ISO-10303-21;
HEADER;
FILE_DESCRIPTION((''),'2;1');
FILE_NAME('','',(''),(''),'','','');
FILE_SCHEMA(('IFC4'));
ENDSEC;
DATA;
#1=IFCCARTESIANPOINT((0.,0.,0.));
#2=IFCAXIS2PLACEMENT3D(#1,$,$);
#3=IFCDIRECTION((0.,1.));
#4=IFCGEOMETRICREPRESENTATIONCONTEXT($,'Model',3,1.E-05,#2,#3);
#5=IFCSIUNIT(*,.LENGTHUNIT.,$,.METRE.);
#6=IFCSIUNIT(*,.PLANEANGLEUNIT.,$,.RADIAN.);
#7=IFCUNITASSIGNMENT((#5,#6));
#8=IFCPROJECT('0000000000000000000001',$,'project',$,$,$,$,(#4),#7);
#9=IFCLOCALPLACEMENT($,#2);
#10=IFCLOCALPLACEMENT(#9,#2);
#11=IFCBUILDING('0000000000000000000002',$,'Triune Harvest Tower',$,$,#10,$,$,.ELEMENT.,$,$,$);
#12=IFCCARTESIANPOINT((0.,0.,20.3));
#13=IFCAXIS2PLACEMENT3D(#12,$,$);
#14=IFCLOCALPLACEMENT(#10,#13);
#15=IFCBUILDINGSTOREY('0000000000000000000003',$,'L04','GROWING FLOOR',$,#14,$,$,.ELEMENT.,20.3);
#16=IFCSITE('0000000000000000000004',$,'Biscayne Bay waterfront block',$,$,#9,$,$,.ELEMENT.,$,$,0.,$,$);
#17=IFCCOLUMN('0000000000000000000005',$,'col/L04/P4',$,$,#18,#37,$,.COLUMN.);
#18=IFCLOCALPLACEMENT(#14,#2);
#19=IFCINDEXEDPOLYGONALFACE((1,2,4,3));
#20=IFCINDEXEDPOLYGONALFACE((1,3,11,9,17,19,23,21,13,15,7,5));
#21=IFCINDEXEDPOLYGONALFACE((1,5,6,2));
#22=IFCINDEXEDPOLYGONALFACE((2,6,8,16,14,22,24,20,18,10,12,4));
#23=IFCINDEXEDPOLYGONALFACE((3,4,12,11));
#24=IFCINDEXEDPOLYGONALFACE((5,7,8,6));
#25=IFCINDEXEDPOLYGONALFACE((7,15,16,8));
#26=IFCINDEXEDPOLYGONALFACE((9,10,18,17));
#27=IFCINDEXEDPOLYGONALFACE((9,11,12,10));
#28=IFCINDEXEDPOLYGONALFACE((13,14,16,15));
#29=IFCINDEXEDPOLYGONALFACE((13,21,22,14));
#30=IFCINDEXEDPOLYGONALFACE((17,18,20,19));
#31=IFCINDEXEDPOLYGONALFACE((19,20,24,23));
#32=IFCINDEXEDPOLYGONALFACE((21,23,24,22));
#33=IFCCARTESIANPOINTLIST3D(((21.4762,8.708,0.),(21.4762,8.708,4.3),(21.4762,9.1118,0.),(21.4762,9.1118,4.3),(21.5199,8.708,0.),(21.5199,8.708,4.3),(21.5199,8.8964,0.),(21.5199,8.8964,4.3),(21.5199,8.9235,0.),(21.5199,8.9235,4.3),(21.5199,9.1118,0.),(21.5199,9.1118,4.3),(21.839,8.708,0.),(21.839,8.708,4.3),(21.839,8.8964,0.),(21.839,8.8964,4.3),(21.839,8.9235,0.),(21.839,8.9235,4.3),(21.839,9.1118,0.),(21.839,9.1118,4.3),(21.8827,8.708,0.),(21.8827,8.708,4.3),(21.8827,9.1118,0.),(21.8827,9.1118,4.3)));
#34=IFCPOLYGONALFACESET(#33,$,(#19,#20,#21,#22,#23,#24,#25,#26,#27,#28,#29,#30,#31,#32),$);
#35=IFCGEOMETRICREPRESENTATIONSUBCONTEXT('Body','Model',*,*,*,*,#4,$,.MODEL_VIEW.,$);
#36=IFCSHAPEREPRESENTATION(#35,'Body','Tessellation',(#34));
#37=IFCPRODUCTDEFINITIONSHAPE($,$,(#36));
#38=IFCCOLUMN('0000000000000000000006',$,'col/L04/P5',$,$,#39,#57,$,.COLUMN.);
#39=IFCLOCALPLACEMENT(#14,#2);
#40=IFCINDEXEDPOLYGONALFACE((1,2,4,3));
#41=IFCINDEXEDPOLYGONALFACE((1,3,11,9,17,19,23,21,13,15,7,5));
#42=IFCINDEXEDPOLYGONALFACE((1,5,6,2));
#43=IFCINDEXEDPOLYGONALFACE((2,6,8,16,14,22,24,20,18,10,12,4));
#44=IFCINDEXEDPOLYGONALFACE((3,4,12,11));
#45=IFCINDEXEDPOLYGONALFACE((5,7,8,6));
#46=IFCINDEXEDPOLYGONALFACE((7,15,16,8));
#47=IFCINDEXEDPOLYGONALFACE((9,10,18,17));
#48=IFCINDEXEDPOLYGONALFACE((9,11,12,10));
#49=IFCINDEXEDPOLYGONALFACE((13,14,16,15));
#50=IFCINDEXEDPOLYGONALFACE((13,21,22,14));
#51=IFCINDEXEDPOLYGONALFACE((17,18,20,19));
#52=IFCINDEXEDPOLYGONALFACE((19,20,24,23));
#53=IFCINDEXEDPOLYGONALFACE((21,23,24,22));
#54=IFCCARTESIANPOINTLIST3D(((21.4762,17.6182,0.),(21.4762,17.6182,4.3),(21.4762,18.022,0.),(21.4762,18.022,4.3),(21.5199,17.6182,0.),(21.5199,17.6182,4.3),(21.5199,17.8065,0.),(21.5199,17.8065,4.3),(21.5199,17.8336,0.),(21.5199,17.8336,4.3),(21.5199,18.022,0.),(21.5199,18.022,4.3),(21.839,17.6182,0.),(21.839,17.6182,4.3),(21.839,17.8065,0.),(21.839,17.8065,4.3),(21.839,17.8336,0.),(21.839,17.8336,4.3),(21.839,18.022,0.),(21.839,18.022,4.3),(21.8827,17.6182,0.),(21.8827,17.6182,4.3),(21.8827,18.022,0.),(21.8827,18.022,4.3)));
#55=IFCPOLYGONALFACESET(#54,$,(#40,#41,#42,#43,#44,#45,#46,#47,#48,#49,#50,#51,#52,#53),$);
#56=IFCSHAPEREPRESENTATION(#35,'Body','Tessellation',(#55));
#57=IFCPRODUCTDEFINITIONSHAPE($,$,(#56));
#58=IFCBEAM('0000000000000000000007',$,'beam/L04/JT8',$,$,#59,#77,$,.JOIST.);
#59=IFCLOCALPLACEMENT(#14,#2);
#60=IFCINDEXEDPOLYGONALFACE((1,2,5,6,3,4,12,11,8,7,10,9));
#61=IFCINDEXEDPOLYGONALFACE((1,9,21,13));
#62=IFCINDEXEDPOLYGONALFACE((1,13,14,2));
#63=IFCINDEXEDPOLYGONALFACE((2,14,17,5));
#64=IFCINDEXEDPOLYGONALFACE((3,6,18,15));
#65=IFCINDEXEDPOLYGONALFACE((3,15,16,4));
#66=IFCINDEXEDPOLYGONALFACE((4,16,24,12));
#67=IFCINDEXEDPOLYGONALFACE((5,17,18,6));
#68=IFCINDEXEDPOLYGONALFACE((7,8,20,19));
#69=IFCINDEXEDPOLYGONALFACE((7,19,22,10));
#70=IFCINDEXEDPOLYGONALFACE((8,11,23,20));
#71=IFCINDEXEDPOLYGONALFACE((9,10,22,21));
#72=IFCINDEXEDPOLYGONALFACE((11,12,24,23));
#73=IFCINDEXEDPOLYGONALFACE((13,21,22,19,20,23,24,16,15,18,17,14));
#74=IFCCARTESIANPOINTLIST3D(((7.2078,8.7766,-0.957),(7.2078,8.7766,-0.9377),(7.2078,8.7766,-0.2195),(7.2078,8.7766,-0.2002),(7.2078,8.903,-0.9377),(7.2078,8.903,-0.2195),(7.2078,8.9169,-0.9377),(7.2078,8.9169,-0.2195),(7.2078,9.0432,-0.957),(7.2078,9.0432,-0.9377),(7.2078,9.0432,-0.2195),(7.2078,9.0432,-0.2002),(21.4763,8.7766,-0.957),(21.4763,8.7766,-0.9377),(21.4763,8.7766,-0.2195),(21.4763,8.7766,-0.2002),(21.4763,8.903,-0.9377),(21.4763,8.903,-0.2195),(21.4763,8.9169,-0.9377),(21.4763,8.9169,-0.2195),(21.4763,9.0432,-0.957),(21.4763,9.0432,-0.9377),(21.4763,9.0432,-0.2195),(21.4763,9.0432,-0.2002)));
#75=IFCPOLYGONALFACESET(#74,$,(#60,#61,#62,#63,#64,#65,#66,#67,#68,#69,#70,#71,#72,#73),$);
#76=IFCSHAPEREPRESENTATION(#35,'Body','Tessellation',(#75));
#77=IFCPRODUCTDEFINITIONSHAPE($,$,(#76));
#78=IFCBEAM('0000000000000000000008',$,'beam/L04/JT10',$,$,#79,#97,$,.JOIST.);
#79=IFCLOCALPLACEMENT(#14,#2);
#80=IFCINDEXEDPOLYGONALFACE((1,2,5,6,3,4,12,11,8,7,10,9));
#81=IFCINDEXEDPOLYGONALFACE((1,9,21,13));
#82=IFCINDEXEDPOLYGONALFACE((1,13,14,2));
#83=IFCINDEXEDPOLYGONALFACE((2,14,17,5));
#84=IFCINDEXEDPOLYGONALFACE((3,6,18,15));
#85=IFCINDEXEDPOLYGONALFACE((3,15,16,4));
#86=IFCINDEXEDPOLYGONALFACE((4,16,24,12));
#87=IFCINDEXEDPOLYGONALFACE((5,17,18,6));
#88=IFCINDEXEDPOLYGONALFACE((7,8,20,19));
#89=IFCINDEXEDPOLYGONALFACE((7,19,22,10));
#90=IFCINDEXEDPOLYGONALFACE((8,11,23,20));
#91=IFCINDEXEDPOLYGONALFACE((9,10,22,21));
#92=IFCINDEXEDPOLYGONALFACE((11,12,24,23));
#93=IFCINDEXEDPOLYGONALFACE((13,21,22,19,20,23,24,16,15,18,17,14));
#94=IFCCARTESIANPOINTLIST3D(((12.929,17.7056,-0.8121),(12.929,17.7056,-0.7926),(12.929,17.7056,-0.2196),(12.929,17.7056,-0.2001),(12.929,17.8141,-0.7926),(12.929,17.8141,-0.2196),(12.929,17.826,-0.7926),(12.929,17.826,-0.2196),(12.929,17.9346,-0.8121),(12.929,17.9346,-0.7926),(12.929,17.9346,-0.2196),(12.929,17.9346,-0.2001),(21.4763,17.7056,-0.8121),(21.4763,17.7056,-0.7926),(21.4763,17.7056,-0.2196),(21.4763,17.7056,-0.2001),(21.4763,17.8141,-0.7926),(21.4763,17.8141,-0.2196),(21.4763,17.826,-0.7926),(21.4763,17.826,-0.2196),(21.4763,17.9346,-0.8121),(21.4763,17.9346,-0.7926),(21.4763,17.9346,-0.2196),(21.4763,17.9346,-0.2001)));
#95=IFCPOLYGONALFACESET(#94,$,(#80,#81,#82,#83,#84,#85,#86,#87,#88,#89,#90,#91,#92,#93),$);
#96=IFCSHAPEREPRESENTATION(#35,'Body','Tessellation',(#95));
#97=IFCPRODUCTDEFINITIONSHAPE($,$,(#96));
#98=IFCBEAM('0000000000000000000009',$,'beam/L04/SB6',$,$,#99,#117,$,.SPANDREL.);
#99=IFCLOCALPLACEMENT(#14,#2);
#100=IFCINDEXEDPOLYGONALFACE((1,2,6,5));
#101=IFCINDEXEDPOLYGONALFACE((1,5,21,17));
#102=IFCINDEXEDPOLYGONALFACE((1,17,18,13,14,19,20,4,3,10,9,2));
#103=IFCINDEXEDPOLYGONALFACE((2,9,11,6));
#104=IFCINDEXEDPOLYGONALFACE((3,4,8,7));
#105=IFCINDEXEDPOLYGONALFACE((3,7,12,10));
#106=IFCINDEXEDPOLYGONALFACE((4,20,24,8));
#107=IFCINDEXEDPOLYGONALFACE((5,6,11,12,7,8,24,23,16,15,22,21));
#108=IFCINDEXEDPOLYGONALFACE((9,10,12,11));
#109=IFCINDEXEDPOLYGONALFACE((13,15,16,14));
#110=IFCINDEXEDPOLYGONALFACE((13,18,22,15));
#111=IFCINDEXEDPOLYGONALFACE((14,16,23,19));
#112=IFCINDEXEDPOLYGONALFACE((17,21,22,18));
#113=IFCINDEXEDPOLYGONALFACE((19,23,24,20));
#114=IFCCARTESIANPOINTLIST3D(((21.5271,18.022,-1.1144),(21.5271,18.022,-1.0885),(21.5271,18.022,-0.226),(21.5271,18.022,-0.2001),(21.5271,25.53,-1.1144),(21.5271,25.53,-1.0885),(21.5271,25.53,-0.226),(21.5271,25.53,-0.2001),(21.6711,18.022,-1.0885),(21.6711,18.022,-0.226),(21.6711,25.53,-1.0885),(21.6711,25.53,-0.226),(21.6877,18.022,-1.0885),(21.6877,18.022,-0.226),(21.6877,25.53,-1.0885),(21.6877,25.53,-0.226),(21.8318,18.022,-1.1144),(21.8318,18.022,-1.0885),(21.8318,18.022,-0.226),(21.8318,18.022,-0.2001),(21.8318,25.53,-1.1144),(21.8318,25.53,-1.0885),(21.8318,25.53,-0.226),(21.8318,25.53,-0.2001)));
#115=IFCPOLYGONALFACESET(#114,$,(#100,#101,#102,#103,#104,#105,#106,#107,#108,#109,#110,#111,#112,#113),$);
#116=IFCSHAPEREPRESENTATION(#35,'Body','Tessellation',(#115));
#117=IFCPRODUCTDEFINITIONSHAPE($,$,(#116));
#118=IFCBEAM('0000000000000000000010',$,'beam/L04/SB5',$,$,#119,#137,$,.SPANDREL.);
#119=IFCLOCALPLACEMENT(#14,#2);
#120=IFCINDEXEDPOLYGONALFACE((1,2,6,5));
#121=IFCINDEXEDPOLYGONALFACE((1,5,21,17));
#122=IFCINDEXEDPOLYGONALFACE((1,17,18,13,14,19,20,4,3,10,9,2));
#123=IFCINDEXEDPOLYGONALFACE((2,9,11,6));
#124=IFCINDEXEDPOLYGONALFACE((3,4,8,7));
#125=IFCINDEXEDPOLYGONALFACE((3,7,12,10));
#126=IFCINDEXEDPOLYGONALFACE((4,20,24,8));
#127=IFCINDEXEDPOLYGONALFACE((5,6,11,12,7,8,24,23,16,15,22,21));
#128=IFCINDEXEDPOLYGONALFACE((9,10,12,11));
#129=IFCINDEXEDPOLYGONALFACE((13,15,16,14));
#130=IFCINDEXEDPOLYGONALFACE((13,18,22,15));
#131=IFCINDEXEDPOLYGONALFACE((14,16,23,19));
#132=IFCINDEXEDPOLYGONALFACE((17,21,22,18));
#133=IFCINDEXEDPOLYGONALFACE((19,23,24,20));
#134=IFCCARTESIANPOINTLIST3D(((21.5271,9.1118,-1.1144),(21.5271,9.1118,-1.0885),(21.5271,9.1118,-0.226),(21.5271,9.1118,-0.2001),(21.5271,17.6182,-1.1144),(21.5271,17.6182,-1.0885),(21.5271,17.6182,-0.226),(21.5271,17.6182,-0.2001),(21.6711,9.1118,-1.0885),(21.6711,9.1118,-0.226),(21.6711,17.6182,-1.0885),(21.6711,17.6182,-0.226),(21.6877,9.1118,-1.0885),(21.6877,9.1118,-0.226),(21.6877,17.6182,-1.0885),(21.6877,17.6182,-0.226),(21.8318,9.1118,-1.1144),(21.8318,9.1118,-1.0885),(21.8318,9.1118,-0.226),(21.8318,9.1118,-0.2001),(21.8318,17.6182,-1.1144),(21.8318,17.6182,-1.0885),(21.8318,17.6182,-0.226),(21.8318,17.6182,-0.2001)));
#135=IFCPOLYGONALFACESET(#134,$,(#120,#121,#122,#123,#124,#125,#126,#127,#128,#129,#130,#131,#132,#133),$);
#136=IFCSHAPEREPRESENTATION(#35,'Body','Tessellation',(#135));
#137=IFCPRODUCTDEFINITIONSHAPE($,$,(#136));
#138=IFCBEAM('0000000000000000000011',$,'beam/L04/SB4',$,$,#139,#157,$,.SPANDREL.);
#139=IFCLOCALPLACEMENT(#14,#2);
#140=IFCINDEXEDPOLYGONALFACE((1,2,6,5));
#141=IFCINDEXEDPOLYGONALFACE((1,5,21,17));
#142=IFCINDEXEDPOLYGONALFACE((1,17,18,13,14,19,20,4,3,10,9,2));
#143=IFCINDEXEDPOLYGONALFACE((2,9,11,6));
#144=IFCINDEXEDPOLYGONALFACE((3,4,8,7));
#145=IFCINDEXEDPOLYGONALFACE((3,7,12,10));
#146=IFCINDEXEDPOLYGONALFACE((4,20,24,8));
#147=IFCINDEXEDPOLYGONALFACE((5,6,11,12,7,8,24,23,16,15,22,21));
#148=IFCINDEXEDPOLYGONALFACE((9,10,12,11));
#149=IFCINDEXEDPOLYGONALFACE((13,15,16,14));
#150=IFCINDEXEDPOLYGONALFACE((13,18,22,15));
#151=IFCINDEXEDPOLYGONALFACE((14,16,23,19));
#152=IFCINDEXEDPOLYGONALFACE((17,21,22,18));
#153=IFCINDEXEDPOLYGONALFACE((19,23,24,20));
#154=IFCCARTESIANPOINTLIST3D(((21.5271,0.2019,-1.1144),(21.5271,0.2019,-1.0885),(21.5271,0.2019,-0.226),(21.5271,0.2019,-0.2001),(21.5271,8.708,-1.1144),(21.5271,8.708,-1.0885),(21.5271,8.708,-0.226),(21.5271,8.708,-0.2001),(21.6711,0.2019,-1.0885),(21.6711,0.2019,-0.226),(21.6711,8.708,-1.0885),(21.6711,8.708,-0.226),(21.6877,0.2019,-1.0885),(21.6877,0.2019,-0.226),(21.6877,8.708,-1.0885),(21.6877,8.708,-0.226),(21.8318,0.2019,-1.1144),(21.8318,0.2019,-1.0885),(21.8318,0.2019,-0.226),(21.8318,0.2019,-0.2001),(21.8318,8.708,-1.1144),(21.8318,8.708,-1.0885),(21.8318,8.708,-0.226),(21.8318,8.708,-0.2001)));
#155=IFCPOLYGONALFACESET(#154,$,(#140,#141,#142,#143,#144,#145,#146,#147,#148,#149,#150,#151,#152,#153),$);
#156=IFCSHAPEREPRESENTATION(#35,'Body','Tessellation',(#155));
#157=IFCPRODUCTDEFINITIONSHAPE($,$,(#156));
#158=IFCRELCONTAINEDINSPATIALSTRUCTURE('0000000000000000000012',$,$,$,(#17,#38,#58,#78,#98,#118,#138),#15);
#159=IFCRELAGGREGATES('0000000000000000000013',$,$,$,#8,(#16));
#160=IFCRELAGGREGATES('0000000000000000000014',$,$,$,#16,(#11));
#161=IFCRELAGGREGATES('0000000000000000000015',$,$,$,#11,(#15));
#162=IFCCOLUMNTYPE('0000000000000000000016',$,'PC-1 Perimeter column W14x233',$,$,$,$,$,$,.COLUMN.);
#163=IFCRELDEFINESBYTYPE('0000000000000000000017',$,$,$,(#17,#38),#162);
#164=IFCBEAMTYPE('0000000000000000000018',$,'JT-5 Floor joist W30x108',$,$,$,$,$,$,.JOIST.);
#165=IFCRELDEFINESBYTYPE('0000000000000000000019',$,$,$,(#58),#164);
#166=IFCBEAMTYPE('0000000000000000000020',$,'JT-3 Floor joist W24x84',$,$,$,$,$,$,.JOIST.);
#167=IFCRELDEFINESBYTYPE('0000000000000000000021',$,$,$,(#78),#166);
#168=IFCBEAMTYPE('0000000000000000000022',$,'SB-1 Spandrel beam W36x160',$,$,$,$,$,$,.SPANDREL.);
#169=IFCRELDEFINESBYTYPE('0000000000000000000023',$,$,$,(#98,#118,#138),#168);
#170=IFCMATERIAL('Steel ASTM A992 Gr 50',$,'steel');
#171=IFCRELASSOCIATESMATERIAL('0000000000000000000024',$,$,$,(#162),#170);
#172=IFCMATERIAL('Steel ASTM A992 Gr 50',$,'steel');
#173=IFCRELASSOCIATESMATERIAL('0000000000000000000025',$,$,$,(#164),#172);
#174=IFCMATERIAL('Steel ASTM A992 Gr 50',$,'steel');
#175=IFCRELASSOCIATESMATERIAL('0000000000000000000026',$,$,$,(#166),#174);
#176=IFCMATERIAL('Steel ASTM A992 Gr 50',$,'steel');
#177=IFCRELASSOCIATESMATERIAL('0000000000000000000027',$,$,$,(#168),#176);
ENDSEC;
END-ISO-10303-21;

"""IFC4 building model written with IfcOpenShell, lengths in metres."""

from ifc_helpers import new_model, si_unit, direction, frame, origin, origin_2d, place, context, subcontext, project, spatial, i_section, extrude, source, transform, mapped, material, material_profile, profile_set, type_object, element, save


model = new_model("IFC4")

# Units and contexts
model_context = context("Model", 3, precision=1e-05, world=origin(), true_north=direction((0.0, 1.0)))
body_context = subcontext(model_context, "Body", "Model", "MODEL_VIEW")
ifc_project = project(units=[si_unit("LENGTHUNIT", "METRE"), si_unit("PLANEANGLEUNIT", "RADIAN")], contexts=[model_context])

# Site, building, storey
site_placement = place(None, origin())
site = spatial("IfcSite", under=ifc_project, at=site_placement, Name="Biscayne Bay waterfront block", CompositionType="ELEMENT", RefElevation=0.0)
building_placement = place(site_placement, origin())
building = spatial("IfcBuilding", under=site, at=building_placement, Name="Triune Harvest Tower", CompositionType="ELEMENT")
storey_placement = place(building_placement, frame((0.0, 0.0, 20.3)))
storey = spatial("IfcBuildingStorey", under=building, at=storey_placement, Name="L04", Description="GROWING FLOOR", CompositionType="ELEMENT", Elevation=20.3)

# Columns
ifc_material_1 = material(Name="Steel ASTM A992 Gr 50", Category="steel")
ifc_material_profile_1 = material_profile(ifc_material_1, i_section(OverallWidth=0.4038, OverallDepth=0.4065, WebThickness=0.0271, FlangeThickness=0.0437, at=origin_2d()), Name="W14x233")
ifc_profile_set_1 = profile_set([ifc_material_profile_1], Name="Steel ASTM A992 Gr 50")
column_type = type_object("IfcColumnType", Name="PC-1 Perimeter column W14x233", PredefinedType="COLUMN", material=ifc_profile_set_1)
shared_shape_1 = source(origin(), body_context, "Body", "SweptSolid", [
    extrude(i_section(OverallWidth=0.4038, OverallDepth=0.4065, WebThickness=0.0271, FlangeThickness=0.0437, at=origin_2d()), origin(), (0.0, 0.0, 1.0), 4.3),
])
for number, where, z_axis, x_axis, name in (
    (1, (21.6794, 8.9099, 0.0), (0.0, 0.0, 1.0), (0.0, 1.0, 0.0), "col/L04/P4"),
    (2, (21.6794, 17.8201, 0.0), (0.0, 0.0, 1.0), (0.0, 1.0, 0.0), "col/L04/P5"),
):
    element("IfcColumn", number, at=place(storey_placement, frame(where, z_axis=z_axis, x_axis=x_axis)), inside=storey, type_object=column_type, Name=name, PredefinedType="COLUMN", context=body_context, shape_type="MappedRepresentation", body=[
        mapped(shared_shape_1, transform((0.0, 0.0, 0.0), scale=1.0)),
    ])

# Beams
ifc_material_2 = material(Name="Steel ASTM A992 Gr 50", Category="steel")
ifc_material_profile_2 = material_profile(ifc_material_2, i_section(OverallWidth=0.2666, OverallDepth=0.7568, WebThickness=0.0139, FlangeThickness=0.0193, at=origin_2d()), Name="W30x108")
ifc_profile_set_2 = profile_set([ifc_material_profile_2], Name="Steel ASTM A992 Gr 50")
beam_type_1 = type_object("IfcBeamType", Name="JT-5 Floor joist W30x108", PredefinedType="JOIST", material=ifc_profile_set_2)
shared_shape_2 = source(origin(), body_context, "Body", "SweptSolid", [
    extrude(i_section(OverallWidth=0.2666, OverallDepth=0.7568, WebThickness=0.0139, FlangeThickness=0.0193, at=origin_2d()), origin(), (0.0, 0.0, 1.0), 14.2686),
])
beam_1_placement = place(storey_placement, frame((21.4763, 8.9099, -0.5786), z_axis=(-1.0, 0.0, 0.0), x_axis=(0.0, -1.0, 0.0)))
element("IfcBeam", 3, at=beam_1_placement, inside=storey, type_object=beam_type_1, Name="beam/L04/JT8", PredefinedType="JOIST", context=body_context, shape_type="MappedRepresentation", body=[
    mapped(shared_shape_2, transform((0.0, 0.0, 0.0), scale=1.0)),
])
ifc_material_3 = material(Name="Steel ASTM A992 Gr 50", Category="steel")
ifc_material_profile_3 = material_profile(ifc_material_3, i_section(OverallWidth=0.229, OverallDepth=0.6121, WebThickness=0.012, FlangeThickness=0.0195, at=origin_2d()), Name="W24x84")
ifc_profile_set_3 = profile_set([ifc_material_profile_3], Name="Steel ASTM A992 Gr 50")
beam_type_2 = type_object("IfcBeamType", Name="JT-3 Floor joist W24x84", PredefinedType="JOIST", material=ifc_profile_set_3)
shared_shape_3 = source(origin(), body_context, "Body", "SweptSolid", [
    extrude(i_section(OverallWidth=0.229, OverallDepth=0.6121, WebThickness=0.012, FlangeThickness=0.0195, at=origin_2d()), origin(), (0.0, 0.0, 1.0), 8.5474),
])
beam_2_placement = place(storey_placement, frame((21.4763, 17.8201, -0.5061), z_axis=(-1.0, 0.0, 0.0), x_axis=(0.0, -1.0, 0.0)))
element("IfcBeam", 4, at=beam_2_placement, inside=storey, type_object=beam_type_2, Name="beam/L04/JT10", PredefinedType="JOIST", context=body_context, shape_type="MappedRepresentation", body=[
    mapped(shared_shape_3, transform((0.0, 0.0, 0.0), scale=1.0)),
])
ifc_material_4 = material(Name="Steel ASTM A992 Gr 50", Category="steel")
ifc_material_profile_4 = material_profile(ifc_material_4, i_section(OverallWidth=0.3047, OverallDepth=0.9143, WebThickness=0.0166, FlangeThickness=0.0259, at=origin_2d()), Name="W36x160")
ifc_profile_set_4 = profile_set([ifc_material_profile_4], Name="Steel ASTM A992 Gr 50")
beam_type_3 = type_object("IfcBeamType", Name="SB-1 Spandrel beam W36x160", PredefinedType="SPANDREL", material=ifc_profile_set_4)
shared_shape_4 = source(origin(), body_context, "Body", "SweptSolid", [
    extrude(i_section(OverallWidth=0.3047, OverallDepth=0.9143, WebThickness=0.0166, FlangeThickness=0.0259, at=origin_2d()), origin(), (0.0, 0.0, 1.0), 7.5081),
])
beam_3_placement = place(storey_placement, frame((21.6794, 18.022, -0.6572), z_axis=(0.0, 1.0, 0.0), x_axis=(-1.0, 0.0, 0.0)))
element("IfcBeam", 5, at=beam_3_placement, inside=storey, type_object=beam_type_3, Name="beam/L04/SB6", PredefinedType="SPANDREL", context=body_context, shape_type="MappedRepresentation", body=[
    mapped(shared_shape_4, transform((0.0, 0.0, 0.0), scale=1.0)),
])
shared_shape_5 = source(origin(), body_context, "Body", "SweptSolid", [
    extrude(i_section(OverallWidth=0.3047, OverallDepth=0.9143, WebThickness=0.0166, FlangeThickness=0.0259, at=origin_2d()), origin(), (0.0, 0.0, 1.0), 8.5063),
])
beam_4_placement = place(storey_placement, frame((21.6794, 9.1118, -0.6572), z_axis=(0.0, 1.0, 0.0), x_axis=(-1.0, 0.0, 0.0)))
element("IfcBeam", 6, at=beam_4_placement, inside=storey, type_object=beam_type_3, Name="beam/L04/SB5", PredefinedType="SPANDREL", context=body_context, shape_type="MappedRepresentation", body=[
    mapped(shared_shape_5, transform((0.0, 0.0, 0.0), scale=1.0)),
])
shared_shape_6 = source(origin(), body_context, "Body", "SweptSolid", [
    extrude(i_section(OverallWidth=0.3047, OverallDepth=0.9143, WebThickness=0.0166, FlangeThickness=0.0259, at=origin_2d()), origin(), (0.0, 0.0, 1.0), 8.5061),
])
beam_5_placement = place(storey_placement, frame((21.6794, 0.2019, -0.6572), z_axis=(0.0, 1.0, 0.0), x_axis=(-1.0, 0.0, 0.0)))
element("IfcBeam", 7, at=beam_5_placement, inside=storey, type_object=beam_type_3, Name="beam/L04/SB4", PredefinedType="SPANDREL", context=body_context, shape_type="MappedRepresentation", body=[
    mapped(shared_shape_6, transform((0.0, 0.0, 0.0), scale=1.0)),
])

save(model, "model.ifc")
